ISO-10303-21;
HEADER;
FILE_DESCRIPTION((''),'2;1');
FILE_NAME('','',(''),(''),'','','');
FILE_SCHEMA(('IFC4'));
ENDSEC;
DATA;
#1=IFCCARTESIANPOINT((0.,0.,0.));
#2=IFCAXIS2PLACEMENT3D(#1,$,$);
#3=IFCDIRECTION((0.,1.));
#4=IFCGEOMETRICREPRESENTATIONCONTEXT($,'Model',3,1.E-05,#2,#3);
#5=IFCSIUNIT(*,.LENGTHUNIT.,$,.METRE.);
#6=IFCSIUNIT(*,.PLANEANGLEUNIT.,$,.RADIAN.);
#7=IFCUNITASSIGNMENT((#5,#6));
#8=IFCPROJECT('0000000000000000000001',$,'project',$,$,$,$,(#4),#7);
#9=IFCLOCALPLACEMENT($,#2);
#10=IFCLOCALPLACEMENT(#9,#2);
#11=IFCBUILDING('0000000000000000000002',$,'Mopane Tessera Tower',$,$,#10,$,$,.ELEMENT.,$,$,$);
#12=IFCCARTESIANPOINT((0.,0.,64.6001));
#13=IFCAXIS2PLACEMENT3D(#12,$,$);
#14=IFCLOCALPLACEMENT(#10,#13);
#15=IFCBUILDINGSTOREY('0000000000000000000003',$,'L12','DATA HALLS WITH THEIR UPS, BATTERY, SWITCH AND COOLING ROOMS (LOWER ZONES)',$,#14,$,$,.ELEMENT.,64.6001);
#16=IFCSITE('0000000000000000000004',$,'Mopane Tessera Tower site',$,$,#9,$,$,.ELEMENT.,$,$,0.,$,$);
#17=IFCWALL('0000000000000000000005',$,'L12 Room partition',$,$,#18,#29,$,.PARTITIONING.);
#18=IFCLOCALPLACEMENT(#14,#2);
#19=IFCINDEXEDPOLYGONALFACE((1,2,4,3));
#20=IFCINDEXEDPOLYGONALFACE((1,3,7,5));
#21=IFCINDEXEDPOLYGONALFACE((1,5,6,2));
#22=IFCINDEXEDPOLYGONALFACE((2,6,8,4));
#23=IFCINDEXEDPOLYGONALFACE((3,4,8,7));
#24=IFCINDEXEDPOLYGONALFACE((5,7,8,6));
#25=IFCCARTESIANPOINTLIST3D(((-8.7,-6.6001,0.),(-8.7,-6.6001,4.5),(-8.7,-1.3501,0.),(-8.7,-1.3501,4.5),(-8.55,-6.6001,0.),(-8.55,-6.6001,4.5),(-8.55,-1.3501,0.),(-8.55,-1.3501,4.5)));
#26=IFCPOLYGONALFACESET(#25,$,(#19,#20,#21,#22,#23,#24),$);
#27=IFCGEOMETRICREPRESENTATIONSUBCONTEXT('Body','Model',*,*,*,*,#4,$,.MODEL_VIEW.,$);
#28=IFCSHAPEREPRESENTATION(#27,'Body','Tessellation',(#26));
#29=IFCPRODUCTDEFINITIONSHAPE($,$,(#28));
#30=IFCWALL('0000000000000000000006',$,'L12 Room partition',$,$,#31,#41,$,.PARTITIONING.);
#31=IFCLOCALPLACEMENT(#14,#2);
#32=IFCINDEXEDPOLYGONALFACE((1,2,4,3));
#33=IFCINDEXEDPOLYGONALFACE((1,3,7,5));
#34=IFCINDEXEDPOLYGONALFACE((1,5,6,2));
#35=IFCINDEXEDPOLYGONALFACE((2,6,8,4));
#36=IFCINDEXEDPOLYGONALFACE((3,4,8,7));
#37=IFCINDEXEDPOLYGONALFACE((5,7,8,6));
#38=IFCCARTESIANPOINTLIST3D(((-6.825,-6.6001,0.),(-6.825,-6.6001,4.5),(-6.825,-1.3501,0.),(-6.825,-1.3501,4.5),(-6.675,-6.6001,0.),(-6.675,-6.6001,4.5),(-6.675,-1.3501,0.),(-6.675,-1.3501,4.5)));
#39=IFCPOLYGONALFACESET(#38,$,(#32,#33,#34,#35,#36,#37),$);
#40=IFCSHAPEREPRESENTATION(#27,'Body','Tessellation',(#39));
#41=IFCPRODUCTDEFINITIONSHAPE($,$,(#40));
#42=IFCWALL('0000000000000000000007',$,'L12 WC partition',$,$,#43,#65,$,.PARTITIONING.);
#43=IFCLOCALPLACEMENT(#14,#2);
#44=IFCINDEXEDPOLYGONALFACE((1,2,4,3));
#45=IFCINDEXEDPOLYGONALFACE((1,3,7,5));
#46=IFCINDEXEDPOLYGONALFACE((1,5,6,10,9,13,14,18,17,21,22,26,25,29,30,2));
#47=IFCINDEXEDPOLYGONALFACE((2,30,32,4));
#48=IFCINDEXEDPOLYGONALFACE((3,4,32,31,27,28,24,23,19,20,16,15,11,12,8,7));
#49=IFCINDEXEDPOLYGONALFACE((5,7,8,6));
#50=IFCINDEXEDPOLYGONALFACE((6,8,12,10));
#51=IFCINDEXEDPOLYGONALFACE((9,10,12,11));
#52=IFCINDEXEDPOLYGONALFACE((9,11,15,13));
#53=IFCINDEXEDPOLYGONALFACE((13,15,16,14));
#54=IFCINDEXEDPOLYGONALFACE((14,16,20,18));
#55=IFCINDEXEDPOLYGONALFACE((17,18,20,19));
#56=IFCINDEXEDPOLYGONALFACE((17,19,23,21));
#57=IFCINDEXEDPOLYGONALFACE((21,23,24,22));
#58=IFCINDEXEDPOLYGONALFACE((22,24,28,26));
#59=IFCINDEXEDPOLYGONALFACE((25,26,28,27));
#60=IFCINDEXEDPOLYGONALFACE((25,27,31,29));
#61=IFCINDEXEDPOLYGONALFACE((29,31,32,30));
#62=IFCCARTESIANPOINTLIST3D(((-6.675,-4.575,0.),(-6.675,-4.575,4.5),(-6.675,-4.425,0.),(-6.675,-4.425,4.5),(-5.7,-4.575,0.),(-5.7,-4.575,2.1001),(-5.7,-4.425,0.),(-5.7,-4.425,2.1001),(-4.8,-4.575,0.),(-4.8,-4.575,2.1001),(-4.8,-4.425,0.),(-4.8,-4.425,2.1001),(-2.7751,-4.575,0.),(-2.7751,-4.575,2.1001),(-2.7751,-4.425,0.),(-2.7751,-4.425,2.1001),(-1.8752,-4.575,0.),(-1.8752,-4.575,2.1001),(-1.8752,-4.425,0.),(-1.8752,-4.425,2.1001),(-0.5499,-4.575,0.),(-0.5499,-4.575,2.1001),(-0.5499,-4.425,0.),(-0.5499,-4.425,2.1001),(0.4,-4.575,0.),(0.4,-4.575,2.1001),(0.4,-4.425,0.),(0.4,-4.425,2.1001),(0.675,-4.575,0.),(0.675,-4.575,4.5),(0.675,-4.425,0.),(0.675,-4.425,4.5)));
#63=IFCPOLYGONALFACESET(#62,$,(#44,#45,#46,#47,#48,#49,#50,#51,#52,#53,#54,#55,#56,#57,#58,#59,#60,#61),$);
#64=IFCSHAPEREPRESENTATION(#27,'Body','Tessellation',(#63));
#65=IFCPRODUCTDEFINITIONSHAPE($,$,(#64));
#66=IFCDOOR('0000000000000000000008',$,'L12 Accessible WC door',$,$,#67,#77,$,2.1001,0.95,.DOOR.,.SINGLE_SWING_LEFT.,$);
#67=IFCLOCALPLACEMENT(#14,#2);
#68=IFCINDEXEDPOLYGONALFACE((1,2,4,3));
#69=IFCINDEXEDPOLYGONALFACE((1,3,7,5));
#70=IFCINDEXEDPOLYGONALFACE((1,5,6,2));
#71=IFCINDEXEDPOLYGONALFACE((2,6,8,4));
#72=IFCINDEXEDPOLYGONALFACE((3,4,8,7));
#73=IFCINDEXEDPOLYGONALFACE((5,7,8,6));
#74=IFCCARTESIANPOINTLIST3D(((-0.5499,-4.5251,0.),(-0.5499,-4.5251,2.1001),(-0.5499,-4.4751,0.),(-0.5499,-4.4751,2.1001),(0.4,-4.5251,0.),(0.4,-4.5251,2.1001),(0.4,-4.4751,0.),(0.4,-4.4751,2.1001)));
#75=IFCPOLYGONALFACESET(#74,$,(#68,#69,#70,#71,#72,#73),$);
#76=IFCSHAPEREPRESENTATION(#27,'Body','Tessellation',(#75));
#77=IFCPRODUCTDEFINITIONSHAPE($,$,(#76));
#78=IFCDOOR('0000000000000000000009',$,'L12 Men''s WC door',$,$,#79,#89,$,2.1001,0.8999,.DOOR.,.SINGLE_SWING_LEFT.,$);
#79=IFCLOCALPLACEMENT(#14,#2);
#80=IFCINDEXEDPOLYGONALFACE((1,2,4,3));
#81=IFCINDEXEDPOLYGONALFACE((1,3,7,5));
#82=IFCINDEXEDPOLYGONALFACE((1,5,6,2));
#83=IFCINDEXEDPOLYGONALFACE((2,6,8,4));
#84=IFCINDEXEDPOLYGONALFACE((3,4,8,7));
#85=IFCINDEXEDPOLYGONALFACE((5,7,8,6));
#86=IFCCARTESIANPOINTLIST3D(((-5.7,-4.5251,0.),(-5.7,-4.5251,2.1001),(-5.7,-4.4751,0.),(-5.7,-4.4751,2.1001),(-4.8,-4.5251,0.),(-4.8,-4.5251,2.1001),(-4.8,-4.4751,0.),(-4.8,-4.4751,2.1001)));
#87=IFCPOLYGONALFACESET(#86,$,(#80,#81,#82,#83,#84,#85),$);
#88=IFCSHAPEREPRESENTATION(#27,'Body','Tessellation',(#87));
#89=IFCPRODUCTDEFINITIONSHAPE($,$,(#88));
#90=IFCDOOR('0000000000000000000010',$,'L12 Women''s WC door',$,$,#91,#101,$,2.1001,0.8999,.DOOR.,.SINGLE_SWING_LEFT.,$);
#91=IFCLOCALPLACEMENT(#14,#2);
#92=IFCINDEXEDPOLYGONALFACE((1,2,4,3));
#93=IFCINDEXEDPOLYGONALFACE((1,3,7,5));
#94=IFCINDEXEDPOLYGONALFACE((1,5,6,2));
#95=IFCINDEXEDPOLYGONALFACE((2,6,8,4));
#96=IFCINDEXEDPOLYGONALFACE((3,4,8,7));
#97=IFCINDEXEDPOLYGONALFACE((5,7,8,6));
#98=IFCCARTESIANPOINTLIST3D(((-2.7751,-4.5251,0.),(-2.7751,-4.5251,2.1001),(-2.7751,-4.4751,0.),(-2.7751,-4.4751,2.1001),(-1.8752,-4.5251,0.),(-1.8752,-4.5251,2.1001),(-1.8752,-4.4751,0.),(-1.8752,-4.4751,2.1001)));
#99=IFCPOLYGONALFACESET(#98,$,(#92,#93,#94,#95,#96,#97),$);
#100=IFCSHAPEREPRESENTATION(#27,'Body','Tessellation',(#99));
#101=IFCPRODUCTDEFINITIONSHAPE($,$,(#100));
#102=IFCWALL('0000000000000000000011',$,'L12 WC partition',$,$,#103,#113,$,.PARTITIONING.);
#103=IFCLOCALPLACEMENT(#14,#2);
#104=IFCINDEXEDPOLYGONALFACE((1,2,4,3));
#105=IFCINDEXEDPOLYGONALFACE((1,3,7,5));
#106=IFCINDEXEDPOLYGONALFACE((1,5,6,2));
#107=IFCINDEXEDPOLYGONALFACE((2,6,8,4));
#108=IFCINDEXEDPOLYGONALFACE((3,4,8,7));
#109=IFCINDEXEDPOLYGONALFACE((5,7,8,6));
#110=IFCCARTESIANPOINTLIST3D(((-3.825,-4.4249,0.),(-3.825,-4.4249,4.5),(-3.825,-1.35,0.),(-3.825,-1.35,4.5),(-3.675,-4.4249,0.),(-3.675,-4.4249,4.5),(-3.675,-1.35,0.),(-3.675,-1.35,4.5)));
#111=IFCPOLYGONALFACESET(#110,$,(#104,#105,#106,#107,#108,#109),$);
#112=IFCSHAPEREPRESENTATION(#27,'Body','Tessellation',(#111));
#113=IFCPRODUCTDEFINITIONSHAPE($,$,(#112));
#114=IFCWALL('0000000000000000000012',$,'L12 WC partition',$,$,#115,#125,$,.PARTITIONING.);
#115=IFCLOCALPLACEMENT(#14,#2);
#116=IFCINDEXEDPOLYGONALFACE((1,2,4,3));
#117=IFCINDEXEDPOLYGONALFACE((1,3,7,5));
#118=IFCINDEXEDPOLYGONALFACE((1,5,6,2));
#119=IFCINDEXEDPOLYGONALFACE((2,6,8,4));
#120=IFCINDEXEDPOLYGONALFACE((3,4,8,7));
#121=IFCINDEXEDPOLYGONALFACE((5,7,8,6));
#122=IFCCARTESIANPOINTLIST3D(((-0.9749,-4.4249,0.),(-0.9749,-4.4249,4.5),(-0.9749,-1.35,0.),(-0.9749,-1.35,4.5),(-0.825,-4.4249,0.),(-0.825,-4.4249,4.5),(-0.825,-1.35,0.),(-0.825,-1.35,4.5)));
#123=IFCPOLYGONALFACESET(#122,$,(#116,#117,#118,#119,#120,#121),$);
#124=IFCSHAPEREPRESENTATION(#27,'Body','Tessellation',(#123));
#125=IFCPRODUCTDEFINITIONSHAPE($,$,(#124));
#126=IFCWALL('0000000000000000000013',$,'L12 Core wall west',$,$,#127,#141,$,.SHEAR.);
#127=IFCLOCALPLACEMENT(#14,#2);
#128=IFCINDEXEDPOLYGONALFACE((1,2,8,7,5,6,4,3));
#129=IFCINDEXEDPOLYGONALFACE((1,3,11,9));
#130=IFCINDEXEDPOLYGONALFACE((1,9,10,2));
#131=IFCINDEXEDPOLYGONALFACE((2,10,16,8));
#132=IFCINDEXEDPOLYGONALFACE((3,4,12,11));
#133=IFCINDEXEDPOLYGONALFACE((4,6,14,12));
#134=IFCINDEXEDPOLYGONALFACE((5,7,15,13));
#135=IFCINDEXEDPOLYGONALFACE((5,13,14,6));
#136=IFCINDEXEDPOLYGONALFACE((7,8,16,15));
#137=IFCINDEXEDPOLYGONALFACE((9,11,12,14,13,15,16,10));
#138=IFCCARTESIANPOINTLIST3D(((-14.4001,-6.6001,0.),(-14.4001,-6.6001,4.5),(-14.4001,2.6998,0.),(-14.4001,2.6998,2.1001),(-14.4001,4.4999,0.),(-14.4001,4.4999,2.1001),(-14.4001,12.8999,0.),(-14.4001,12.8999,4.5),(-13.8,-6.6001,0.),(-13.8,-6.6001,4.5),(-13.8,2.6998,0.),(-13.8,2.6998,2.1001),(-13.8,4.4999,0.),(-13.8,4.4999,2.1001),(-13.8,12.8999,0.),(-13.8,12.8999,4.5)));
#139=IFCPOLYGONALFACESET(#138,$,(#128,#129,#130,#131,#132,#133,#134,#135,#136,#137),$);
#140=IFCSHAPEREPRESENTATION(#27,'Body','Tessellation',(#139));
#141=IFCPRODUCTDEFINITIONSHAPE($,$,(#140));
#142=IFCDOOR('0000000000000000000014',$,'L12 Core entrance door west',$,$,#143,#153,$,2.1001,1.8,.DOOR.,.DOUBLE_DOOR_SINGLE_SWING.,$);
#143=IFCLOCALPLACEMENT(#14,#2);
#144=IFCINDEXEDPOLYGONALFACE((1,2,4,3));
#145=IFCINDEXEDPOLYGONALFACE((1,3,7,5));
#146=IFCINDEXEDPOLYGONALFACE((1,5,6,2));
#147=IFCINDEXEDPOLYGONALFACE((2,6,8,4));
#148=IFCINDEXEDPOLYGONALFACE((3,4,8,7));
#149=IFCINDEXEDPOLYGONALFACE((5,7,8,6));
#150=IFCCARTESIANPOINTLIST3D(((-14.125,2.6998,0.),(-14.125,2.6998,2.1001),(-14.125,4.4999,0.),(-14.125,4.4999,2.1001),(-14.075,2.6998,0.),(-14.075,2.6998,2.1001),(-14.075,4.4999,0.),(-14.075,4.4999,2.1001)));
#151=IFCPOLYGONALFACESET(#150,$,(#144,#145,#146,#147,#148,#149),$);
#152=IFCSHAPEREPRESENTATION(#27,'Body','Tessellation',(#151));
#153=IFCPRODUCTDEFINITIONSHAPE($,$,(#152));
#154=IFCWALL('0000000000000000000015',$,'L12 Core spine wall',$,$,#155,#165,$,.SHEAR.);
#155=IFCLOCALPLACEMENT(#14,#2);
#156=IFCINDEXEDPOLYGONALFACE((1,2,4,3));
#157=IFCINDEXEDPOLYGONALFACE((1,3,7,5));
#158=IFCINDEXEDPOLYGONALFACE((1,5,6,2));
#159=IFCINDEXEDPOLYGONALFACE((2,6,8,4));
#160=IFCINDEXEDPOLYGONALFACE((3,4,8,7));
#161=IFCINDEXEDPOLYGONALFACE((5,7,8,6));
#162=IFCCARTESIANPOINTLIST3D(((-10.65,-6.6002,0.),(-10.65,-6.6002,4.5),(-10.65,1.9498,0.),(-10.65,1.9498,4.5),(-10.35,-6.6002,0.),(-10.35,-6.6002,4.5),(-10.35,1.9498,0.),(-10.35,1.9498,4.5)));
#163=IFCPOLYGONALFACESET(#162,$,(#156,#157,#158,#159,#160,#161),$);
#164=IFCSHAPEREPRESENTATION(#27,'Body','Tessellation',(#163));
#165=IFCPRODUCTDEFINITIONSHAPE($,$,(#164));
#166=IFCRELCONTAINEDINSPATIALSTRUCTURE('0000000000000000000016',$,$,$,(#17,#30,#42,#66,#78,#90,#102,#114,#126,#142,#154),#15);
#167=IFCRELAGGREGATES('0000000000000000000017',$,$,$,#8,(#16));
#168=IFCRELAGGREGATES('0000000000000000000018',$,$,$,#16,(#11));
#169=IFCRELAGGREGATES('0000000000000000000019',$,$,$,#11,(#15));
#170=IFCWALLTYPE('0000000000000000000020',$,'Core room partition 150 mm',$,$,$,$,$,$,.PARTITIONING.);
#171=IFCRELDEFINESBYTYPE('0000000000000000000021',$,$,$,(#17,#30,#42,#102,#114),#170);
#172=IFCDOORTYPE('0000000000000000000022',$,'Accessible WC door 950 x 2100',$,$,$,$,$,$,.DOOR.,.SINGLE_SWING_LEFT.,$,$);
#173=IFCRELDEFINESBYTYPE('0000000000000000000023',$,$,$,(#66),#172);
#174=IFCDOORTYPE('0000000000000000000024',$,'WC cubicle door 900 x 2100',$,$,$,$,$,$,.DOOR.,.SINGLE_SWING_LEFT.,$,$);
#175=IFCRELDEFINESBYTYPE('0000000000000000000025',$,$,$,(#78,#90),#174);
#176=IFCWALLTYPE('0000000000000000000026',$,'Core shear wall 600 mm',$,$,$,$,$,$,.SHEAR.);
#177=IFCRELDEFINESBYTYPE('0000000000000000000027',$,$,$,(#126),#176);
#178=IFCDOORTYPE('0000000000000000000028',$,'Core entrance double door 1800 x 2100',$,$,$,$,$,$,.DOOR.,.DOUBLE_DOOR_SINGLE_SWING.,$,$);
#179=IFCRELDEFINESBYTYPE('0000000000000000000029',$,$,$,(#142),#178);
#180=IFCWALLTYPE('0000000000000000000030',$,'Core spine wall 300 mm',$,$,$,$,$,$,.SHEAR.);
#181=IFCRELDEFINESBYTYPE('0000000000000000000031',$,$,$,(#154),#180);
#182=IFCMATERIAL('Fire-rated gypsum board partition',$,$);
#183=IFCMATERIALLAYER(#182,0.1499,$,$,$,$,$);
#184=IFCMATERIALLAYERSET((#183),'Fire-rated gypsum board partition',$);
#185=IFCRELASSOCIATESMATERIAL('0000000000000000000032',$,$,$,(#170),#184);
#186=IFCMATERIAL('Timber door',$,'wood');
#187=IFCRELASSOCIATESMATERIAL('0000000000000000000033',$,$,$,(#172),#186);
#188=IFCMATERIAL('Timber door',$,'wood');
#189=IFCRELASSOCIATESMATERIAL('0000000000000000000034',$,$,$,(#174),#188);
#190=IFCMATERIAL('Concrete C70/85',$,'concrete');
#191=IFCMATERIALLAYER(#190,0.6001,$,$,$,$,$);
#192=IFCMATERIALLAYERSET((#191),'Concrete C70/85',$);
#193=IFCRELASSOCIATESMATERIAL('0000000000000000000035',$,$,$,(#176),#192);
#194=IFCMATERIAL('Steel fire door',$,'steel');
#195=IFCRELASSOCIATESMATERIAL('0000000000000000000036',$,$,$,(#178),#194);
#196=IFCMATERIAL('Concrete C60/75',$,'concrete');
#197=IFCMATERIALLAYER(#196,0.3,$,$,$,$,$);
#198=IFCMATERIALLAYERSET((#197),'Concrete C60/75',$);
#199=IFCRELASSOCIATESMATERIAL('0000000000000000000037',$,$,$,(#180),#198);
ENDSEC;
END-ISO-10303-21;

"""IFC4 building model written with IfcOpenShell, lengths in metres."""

from ifc_helpers import new_model, si_unit, direction, frame, frame_2d, origin, place, context, subcontext, project, spatial, rectangle, extrude, material, layer, layer_set, type_object, element, fill, save


model = new_model("IFC4")

# Units and contexts
model_context = context("Model", 3, precision=1e-05, world=origin(), true_north=direction((0.0, 1.0)))
body_context = subcontext(model_context, "Body", "Model", "MODEL_VIEW")
ifc_project = project(units=[si_unit("LENGTHUNIT", "METRE"), si_unit("PLANEANGLEUNIT", "RADIAN")], contexts=[model_context])

# Site, building, storey
site_placement = place(None, origin())
site = spatial("IfcSite", under=ifc_project, at=site_placement, Name="Mopane Tessera Tower site", CompositionType="ELEMENT", RefElevation=0.0)
building_placement = place(site_placement, origin())
building = spatial("IfcBuilding", under=site, at=building_placement, Name="Mopane Tessera Tower", CompositionType="ELEMENT")
storey_placement = place(building_placement, frame((0.0, 0.0, 64.6001)))
storey = spatial("IfcBuildingStorey", under=building, at=storey_placement, Name="L12", Description="DATA HALLS WITH THEIR UPS, BATTERY, SWITCH AND COOLING ROOMS (LOWER ZONES)", CompositionType="ELEMENT", Elevation=64.6001)

# Walls
ifc_material_1 = material(Name="Fire-rated gypsum board partition")
ifc_layer_1 = layer(ifc_material_1, 0.1499)
ifc_layer_set_1 = layer_set([ifc_layer_1], Name="Fire-rated gypsum board partition")
wall_type_1 = type_object("IfcWallType", Name="Core room partition 150 mm", PredefinedType="PARTITIONING", material=ifc_layer_set_1)
for number, where, z_axis, x_axis, name in (
    (1, (-8.625, -6.6001, 0.0), (0.0, 0.0, 1.0), (0.0, 1.0, 0.0), "L12 Room partition"),
    (2, (-6.75, -6.6001, 0.0), (0.0, 0.0, 1.0), (0.0, 1.0, 0.0), "L12 Room partition"),
):
    element("IfcWall", number, at=place(storey_placement, frame(where, z_axis=z_axis, x_axis=x_axis)), inside=storey, type_object=wall_type_1, Name=name, PredefinedType="PARTITIONING", context=body_context, shape_type="SweptSolid", body=[
        extrude(rectangle(XDim=5.25, YDim=0.1499, at=frame_2d((2.625, 0.0))), origin(), (0.0, 0.0, 1.0), 4.5),
    ])

# Wall, openings, doors
wall_1_placement = place(storey_placement, frame((-6.675, -4.5, 0.0), z_axis=(0.0, 0.0, 1.0), x_axis=(1.0, 0.0, 0.0)))
wall_1 = element("IfcWall", 3, at=wall_1_placement, inside=storey, type_object=wall_type_1, Name="L12 WC partition", PredefinedType="PARTITIONING", context=body_context, shape_type="SweptSolid", body=[
    extrude(rectangle(XDim=7.3501, YDim=0.1499, at=frame_2d((3.675, 0.0))), origin(), (0.0, 0.0, 1.0), 4.5),
])
opening_1_placement = place(wall_1_placement, frame((0.9751, 0.0, 0.0)))
opening_1 = element("IfcOpeningElement", 4, at=opening_1_placement, cuts=wall_1, PredefinedType="OPENING", context=body_context, shape_type="SweptSolid", body=[
    extrude(rectangle(XDim=0.8999, YDim=2.1001, at=frame_2d((0.45, 1.05))), frame((0.0, 0.0869, 0.0), z_axis=(0.0, -1.0, 0.0), x_axis=(1.0, 0.0, 0.0)), (0.0, 0.0, 1.0), 0.1738),
])
opening_2_placement = place(wall_1_placement, frame((3.8999, 0.0, 0.0)))
opening_2 = element("IfcOpeningElement", 5, at=opening_2_placement, cuts=wall_1, PredefinedType="OPENING", context=body_context, shape_type="SweptSolid", body=[
    extrude(rectangle(XDim=0.8999, YDim=2.1001, at=frame_2d((0.45, 1.05))), frame((0.0, 0.0869, 0.0), z_axis=(0.0, -1.0, 0.0), x_axis=(1.0, 0.0, 0.0)), (0.0, 0.0, 1.0), 0.1738),
])
opening_3_placement = place(wall_1_placement, frame((6.125, 0.0, 0.0)))
opening_3 = element("IfcOpeningElement", 6, at=opening_3_placement, cuts=wall_1, PredefinedType="OPENING", context=body_context, shape_type="SweptSolid", body=[
    extrude(rectangle(XDim=0.95, YDim=2.1001, at=frame_2d((0.4751, 1.05))), frame((0.0, 0.0869, 0.0), z_axis=(0.0, -1.0, 0.0), x_axis=(1.0, 0.0, 0.0)), (0.0, 0.0, 1.0), 0.1738),
])
ifc_material_2 = material(Name="Timber door", Category="wood")
door_type_1 = type_object("IfcDoorType", Name="Accessible WC door 950 x 2100", OperationType="SINGLE_SWING_LEFT", PredefinedType="DOOR", material=ifc_material_2)
door_1_placement = place(opening_3_placement, origin())
door_1 = element("IfcDoor", 7, at=door_1_placement, inside=storey, type_object=door_type_1, Name="L12 Accessible WC door", OperationType="SINGLE_SWING_LEFT", OverallHeight=2.1001, OverallWidth=0.95, PredefinedType="DOOR", context=body_context, shape_type="SweptSolid", body=[
    extrude(rectangle(XDim=0.95, YDim=2.1001, at=frame_2d((0.4751, 1.05))), frame((0.0, 0.0249, 0.0), z_axis=(0.0, -1.0, 0.0), x_axis=(1.0, 0.0, 0.0)), (0.0, 0.0, 1.0), 0.05),
])
fill(opening_3, door_1)
ifc_material_3 = material(Name="Timber door", Category="wood")
door_type_2 = type_object("IfcDoorType", Name="WC cubicle door 900 x 2100", OperationType="SINGLE_SWING_LEFT", PredefinedType="DOOR", material=ifc_material_3)
door_2_placement = place(opening_1_placement, origin())
door_2 = element("IfcDoor", 8, at=door_2_placement, inside=storey, type_object=door_type_2, Name="L12 Men's WC door", OperationType="SINGLE_SWING_LEFT", OverallHeight=2.1001, OverallWidth=0.8999, PredefinedType="DOOR", context=body_context, shape_type="SweptSolid", body=[
    extrude(rectangle(XDim=0.8999, YDim=2.1001, at=frame_2d((0.45, 1.05))), frame((0.0, 0.0249, 0.0), z_axis=(0.0, -1.0, 0.0), x_axis=(1.0, 0.0, 0.0)), (0.0, 0.0, 1.0), 0.05),
])
fill(opening_1, door_2)
door_3_placement = place(opening_2_placement, origin())
door_3 = element("IfcDoor", 9, at=door_3_placement, inside=storey, type_object=door_type_2, Name="L12 Women's WC door", OperationType="SINGLE_SWING_LEFT", OverallHeight=2.1001, OverallWidth=0.8999, PredefinedType="DOOR", context=body_context, shape_type="SweptSolid", body=[
    extrude(rectangle(XDim=0.8999, YDim=2.1001, at=frame_2d((0.45, 1.05))), frame((0.0, 0.0249, 0.0), z_axis=(0.0, -1.0, 0.0), x_axis=(1.0, 0.0, 0.0)), (0.0, 0.0, 1.0), 0.05),
])
fill(opening_2, door_3)

# Walls
for number, where, z_axis, x_axis, name in (
    (10, (-3.75, -4.425, 0.0), (0.0, 0.0, 1.0), (0.0, 1.0, 0.0), "L12 WC partition"),
    (11, (-0.8999, -4.425, 0.0), (0.0, 0.0, 1.0), (0.0, 1.0, 0.0), "L12 WC partition"),
):
    element("IfcWall", number, at=place(storey_placement, frame(where, z_axis=z_axis, x_axis=x_axis)), inside=storey, type_object=wall_type_1, Name=name, PredefinedType="PARTITIONING", context=body_context, shape_type="SweptSolid", body=[
        extrude(rectangle(XDim=3.075, YDim=0.1499, at=frame_2d((1.5376, 0.0))), origin(), (0.0, 0.0, 1.0), 4.5),
    ])

# Wall, opening, door
ifc_material_4 = material(Name="Concrete C70/85", Category="concrete")
ifc_layer_2 = layer(ifc_material_4, 0.6001)
ifc_layer_set_2 = layer_set([ifc_layer_2], Name="Concrete C70/85")
wall_type_2 = type_object("IfcWallType", Name="Core shear wall 600 mm", PredefinedType="SHEAR", material=ifc_layer_set_2)
wall_2_placement = place(storey_placement, frame((-14.1001, -6.6001, 0.0), z_axis=(0.0, 0.0, 1.0), x_axis=(0.0, 1.0, 0.0)))
wall_2 = element("IfcWall", 12, at=wall_2_placement, inside=storey, type_object=wall_type_2, Name="L12 Core wall west", PredefinedType="SHEAR", context=body_context, shape_type="SweptSolid", body=[
    extrude(rectangle(XDim=19.5, YDim=0.6001, at=frame_2d((9.75, 0.0))), origin(), (0.0, 0.0, 1.0), 4.5),
])
opening_4_placement = place(wall_2_placement, frame((9.3, 0.0, 0.0)))
opening_4 = element("IfcOpeningElement", 13, at=opening_4_placement, cuts=wall_2, PredefinedType="OPENING", context=body_context, shape_type="SweptSolid", body=[
    extrude(rectangle(XDim=1.8, YDim=2.1001, at=frame_2d((0.8999, 1.05))), frame((0.0, 0.312, 0.0), z_axis=(0.0, -1.0, 0.0), x_axis=(1.0, 0.0, 0.0)), (0.0, 0.0, 1.0), 0.624),
])
ifc_material_5 = material(Name="Steel fire door", Category="steel")
door_type_3 = type_object("IfcDoorType", Name="Core entrance double door 1800 x 2100", OperationType="DOUBLE_DOOR_SINGLE_SWING", PredefinedType="DOOR", material=ifc_material_5)
door_4_placement = place(opening_4_placement, origin())
door_4 = element("IfcDoor", 14, at=door_4_placement, inside=storey, type_object=door_type_3, Name="L12 Core entrance door west", OperationType="DOUBLE_DOOR_SINGLE_SWING", OverallHeight=2.1001, OverallWidth=1.8, PredefinedType="DOOR", context=body_context, shape_type="SweptSolid", body=[
    extrude(rectangle(XDim=1.8, YDim=2.1001, at=frame_2d((0.8999, 1.05))), frame((0.0, 0.0249, 0.0), z_axis=(0.0, -1.0, 0.0), x_axis=(1.0, 0.0, 0.0)), (0.0, 0.0, 1.0), 0.05),
])
fill(opening_4, door_4)

# Wall
ifc_material_6 = material(Name="Concrete C60/75", Category="concrete")
ifc_layer_3 = layer(ifc_material_6, 0.3)
ifc_layer_set_3 = layer_set([ifc_layer_3], Name="Concrete C60/75")
wall_type_3 = type_object("IfcWallType", Name="Core spine wall 300 mm", PredefinedType="SHEAR", material=ifc_layer_set_3)
wall_3_placement = place(storey_placement, frame((-10.5, -6.6001, 0.0), z_axis=(0.0, 0.0, 1.0), x_axis=(0.0, 1.0, 0.0)))
element("IfcWall", 15, at=wall_3_placement, inside=storey, type_object=wall_type_3, Name="L12 Core spine wall", PredefinedType="SHEAR", context=body_context, shape_type="SweptSolid", body=[
    extrude(rectangle(XDim=8.55, YDim=0.3, at=frame_2d((4.2749, 0.0))), origin(), (0.0, 0.0, 1.0), 4.5),
])

save(model, "model.ifc")
